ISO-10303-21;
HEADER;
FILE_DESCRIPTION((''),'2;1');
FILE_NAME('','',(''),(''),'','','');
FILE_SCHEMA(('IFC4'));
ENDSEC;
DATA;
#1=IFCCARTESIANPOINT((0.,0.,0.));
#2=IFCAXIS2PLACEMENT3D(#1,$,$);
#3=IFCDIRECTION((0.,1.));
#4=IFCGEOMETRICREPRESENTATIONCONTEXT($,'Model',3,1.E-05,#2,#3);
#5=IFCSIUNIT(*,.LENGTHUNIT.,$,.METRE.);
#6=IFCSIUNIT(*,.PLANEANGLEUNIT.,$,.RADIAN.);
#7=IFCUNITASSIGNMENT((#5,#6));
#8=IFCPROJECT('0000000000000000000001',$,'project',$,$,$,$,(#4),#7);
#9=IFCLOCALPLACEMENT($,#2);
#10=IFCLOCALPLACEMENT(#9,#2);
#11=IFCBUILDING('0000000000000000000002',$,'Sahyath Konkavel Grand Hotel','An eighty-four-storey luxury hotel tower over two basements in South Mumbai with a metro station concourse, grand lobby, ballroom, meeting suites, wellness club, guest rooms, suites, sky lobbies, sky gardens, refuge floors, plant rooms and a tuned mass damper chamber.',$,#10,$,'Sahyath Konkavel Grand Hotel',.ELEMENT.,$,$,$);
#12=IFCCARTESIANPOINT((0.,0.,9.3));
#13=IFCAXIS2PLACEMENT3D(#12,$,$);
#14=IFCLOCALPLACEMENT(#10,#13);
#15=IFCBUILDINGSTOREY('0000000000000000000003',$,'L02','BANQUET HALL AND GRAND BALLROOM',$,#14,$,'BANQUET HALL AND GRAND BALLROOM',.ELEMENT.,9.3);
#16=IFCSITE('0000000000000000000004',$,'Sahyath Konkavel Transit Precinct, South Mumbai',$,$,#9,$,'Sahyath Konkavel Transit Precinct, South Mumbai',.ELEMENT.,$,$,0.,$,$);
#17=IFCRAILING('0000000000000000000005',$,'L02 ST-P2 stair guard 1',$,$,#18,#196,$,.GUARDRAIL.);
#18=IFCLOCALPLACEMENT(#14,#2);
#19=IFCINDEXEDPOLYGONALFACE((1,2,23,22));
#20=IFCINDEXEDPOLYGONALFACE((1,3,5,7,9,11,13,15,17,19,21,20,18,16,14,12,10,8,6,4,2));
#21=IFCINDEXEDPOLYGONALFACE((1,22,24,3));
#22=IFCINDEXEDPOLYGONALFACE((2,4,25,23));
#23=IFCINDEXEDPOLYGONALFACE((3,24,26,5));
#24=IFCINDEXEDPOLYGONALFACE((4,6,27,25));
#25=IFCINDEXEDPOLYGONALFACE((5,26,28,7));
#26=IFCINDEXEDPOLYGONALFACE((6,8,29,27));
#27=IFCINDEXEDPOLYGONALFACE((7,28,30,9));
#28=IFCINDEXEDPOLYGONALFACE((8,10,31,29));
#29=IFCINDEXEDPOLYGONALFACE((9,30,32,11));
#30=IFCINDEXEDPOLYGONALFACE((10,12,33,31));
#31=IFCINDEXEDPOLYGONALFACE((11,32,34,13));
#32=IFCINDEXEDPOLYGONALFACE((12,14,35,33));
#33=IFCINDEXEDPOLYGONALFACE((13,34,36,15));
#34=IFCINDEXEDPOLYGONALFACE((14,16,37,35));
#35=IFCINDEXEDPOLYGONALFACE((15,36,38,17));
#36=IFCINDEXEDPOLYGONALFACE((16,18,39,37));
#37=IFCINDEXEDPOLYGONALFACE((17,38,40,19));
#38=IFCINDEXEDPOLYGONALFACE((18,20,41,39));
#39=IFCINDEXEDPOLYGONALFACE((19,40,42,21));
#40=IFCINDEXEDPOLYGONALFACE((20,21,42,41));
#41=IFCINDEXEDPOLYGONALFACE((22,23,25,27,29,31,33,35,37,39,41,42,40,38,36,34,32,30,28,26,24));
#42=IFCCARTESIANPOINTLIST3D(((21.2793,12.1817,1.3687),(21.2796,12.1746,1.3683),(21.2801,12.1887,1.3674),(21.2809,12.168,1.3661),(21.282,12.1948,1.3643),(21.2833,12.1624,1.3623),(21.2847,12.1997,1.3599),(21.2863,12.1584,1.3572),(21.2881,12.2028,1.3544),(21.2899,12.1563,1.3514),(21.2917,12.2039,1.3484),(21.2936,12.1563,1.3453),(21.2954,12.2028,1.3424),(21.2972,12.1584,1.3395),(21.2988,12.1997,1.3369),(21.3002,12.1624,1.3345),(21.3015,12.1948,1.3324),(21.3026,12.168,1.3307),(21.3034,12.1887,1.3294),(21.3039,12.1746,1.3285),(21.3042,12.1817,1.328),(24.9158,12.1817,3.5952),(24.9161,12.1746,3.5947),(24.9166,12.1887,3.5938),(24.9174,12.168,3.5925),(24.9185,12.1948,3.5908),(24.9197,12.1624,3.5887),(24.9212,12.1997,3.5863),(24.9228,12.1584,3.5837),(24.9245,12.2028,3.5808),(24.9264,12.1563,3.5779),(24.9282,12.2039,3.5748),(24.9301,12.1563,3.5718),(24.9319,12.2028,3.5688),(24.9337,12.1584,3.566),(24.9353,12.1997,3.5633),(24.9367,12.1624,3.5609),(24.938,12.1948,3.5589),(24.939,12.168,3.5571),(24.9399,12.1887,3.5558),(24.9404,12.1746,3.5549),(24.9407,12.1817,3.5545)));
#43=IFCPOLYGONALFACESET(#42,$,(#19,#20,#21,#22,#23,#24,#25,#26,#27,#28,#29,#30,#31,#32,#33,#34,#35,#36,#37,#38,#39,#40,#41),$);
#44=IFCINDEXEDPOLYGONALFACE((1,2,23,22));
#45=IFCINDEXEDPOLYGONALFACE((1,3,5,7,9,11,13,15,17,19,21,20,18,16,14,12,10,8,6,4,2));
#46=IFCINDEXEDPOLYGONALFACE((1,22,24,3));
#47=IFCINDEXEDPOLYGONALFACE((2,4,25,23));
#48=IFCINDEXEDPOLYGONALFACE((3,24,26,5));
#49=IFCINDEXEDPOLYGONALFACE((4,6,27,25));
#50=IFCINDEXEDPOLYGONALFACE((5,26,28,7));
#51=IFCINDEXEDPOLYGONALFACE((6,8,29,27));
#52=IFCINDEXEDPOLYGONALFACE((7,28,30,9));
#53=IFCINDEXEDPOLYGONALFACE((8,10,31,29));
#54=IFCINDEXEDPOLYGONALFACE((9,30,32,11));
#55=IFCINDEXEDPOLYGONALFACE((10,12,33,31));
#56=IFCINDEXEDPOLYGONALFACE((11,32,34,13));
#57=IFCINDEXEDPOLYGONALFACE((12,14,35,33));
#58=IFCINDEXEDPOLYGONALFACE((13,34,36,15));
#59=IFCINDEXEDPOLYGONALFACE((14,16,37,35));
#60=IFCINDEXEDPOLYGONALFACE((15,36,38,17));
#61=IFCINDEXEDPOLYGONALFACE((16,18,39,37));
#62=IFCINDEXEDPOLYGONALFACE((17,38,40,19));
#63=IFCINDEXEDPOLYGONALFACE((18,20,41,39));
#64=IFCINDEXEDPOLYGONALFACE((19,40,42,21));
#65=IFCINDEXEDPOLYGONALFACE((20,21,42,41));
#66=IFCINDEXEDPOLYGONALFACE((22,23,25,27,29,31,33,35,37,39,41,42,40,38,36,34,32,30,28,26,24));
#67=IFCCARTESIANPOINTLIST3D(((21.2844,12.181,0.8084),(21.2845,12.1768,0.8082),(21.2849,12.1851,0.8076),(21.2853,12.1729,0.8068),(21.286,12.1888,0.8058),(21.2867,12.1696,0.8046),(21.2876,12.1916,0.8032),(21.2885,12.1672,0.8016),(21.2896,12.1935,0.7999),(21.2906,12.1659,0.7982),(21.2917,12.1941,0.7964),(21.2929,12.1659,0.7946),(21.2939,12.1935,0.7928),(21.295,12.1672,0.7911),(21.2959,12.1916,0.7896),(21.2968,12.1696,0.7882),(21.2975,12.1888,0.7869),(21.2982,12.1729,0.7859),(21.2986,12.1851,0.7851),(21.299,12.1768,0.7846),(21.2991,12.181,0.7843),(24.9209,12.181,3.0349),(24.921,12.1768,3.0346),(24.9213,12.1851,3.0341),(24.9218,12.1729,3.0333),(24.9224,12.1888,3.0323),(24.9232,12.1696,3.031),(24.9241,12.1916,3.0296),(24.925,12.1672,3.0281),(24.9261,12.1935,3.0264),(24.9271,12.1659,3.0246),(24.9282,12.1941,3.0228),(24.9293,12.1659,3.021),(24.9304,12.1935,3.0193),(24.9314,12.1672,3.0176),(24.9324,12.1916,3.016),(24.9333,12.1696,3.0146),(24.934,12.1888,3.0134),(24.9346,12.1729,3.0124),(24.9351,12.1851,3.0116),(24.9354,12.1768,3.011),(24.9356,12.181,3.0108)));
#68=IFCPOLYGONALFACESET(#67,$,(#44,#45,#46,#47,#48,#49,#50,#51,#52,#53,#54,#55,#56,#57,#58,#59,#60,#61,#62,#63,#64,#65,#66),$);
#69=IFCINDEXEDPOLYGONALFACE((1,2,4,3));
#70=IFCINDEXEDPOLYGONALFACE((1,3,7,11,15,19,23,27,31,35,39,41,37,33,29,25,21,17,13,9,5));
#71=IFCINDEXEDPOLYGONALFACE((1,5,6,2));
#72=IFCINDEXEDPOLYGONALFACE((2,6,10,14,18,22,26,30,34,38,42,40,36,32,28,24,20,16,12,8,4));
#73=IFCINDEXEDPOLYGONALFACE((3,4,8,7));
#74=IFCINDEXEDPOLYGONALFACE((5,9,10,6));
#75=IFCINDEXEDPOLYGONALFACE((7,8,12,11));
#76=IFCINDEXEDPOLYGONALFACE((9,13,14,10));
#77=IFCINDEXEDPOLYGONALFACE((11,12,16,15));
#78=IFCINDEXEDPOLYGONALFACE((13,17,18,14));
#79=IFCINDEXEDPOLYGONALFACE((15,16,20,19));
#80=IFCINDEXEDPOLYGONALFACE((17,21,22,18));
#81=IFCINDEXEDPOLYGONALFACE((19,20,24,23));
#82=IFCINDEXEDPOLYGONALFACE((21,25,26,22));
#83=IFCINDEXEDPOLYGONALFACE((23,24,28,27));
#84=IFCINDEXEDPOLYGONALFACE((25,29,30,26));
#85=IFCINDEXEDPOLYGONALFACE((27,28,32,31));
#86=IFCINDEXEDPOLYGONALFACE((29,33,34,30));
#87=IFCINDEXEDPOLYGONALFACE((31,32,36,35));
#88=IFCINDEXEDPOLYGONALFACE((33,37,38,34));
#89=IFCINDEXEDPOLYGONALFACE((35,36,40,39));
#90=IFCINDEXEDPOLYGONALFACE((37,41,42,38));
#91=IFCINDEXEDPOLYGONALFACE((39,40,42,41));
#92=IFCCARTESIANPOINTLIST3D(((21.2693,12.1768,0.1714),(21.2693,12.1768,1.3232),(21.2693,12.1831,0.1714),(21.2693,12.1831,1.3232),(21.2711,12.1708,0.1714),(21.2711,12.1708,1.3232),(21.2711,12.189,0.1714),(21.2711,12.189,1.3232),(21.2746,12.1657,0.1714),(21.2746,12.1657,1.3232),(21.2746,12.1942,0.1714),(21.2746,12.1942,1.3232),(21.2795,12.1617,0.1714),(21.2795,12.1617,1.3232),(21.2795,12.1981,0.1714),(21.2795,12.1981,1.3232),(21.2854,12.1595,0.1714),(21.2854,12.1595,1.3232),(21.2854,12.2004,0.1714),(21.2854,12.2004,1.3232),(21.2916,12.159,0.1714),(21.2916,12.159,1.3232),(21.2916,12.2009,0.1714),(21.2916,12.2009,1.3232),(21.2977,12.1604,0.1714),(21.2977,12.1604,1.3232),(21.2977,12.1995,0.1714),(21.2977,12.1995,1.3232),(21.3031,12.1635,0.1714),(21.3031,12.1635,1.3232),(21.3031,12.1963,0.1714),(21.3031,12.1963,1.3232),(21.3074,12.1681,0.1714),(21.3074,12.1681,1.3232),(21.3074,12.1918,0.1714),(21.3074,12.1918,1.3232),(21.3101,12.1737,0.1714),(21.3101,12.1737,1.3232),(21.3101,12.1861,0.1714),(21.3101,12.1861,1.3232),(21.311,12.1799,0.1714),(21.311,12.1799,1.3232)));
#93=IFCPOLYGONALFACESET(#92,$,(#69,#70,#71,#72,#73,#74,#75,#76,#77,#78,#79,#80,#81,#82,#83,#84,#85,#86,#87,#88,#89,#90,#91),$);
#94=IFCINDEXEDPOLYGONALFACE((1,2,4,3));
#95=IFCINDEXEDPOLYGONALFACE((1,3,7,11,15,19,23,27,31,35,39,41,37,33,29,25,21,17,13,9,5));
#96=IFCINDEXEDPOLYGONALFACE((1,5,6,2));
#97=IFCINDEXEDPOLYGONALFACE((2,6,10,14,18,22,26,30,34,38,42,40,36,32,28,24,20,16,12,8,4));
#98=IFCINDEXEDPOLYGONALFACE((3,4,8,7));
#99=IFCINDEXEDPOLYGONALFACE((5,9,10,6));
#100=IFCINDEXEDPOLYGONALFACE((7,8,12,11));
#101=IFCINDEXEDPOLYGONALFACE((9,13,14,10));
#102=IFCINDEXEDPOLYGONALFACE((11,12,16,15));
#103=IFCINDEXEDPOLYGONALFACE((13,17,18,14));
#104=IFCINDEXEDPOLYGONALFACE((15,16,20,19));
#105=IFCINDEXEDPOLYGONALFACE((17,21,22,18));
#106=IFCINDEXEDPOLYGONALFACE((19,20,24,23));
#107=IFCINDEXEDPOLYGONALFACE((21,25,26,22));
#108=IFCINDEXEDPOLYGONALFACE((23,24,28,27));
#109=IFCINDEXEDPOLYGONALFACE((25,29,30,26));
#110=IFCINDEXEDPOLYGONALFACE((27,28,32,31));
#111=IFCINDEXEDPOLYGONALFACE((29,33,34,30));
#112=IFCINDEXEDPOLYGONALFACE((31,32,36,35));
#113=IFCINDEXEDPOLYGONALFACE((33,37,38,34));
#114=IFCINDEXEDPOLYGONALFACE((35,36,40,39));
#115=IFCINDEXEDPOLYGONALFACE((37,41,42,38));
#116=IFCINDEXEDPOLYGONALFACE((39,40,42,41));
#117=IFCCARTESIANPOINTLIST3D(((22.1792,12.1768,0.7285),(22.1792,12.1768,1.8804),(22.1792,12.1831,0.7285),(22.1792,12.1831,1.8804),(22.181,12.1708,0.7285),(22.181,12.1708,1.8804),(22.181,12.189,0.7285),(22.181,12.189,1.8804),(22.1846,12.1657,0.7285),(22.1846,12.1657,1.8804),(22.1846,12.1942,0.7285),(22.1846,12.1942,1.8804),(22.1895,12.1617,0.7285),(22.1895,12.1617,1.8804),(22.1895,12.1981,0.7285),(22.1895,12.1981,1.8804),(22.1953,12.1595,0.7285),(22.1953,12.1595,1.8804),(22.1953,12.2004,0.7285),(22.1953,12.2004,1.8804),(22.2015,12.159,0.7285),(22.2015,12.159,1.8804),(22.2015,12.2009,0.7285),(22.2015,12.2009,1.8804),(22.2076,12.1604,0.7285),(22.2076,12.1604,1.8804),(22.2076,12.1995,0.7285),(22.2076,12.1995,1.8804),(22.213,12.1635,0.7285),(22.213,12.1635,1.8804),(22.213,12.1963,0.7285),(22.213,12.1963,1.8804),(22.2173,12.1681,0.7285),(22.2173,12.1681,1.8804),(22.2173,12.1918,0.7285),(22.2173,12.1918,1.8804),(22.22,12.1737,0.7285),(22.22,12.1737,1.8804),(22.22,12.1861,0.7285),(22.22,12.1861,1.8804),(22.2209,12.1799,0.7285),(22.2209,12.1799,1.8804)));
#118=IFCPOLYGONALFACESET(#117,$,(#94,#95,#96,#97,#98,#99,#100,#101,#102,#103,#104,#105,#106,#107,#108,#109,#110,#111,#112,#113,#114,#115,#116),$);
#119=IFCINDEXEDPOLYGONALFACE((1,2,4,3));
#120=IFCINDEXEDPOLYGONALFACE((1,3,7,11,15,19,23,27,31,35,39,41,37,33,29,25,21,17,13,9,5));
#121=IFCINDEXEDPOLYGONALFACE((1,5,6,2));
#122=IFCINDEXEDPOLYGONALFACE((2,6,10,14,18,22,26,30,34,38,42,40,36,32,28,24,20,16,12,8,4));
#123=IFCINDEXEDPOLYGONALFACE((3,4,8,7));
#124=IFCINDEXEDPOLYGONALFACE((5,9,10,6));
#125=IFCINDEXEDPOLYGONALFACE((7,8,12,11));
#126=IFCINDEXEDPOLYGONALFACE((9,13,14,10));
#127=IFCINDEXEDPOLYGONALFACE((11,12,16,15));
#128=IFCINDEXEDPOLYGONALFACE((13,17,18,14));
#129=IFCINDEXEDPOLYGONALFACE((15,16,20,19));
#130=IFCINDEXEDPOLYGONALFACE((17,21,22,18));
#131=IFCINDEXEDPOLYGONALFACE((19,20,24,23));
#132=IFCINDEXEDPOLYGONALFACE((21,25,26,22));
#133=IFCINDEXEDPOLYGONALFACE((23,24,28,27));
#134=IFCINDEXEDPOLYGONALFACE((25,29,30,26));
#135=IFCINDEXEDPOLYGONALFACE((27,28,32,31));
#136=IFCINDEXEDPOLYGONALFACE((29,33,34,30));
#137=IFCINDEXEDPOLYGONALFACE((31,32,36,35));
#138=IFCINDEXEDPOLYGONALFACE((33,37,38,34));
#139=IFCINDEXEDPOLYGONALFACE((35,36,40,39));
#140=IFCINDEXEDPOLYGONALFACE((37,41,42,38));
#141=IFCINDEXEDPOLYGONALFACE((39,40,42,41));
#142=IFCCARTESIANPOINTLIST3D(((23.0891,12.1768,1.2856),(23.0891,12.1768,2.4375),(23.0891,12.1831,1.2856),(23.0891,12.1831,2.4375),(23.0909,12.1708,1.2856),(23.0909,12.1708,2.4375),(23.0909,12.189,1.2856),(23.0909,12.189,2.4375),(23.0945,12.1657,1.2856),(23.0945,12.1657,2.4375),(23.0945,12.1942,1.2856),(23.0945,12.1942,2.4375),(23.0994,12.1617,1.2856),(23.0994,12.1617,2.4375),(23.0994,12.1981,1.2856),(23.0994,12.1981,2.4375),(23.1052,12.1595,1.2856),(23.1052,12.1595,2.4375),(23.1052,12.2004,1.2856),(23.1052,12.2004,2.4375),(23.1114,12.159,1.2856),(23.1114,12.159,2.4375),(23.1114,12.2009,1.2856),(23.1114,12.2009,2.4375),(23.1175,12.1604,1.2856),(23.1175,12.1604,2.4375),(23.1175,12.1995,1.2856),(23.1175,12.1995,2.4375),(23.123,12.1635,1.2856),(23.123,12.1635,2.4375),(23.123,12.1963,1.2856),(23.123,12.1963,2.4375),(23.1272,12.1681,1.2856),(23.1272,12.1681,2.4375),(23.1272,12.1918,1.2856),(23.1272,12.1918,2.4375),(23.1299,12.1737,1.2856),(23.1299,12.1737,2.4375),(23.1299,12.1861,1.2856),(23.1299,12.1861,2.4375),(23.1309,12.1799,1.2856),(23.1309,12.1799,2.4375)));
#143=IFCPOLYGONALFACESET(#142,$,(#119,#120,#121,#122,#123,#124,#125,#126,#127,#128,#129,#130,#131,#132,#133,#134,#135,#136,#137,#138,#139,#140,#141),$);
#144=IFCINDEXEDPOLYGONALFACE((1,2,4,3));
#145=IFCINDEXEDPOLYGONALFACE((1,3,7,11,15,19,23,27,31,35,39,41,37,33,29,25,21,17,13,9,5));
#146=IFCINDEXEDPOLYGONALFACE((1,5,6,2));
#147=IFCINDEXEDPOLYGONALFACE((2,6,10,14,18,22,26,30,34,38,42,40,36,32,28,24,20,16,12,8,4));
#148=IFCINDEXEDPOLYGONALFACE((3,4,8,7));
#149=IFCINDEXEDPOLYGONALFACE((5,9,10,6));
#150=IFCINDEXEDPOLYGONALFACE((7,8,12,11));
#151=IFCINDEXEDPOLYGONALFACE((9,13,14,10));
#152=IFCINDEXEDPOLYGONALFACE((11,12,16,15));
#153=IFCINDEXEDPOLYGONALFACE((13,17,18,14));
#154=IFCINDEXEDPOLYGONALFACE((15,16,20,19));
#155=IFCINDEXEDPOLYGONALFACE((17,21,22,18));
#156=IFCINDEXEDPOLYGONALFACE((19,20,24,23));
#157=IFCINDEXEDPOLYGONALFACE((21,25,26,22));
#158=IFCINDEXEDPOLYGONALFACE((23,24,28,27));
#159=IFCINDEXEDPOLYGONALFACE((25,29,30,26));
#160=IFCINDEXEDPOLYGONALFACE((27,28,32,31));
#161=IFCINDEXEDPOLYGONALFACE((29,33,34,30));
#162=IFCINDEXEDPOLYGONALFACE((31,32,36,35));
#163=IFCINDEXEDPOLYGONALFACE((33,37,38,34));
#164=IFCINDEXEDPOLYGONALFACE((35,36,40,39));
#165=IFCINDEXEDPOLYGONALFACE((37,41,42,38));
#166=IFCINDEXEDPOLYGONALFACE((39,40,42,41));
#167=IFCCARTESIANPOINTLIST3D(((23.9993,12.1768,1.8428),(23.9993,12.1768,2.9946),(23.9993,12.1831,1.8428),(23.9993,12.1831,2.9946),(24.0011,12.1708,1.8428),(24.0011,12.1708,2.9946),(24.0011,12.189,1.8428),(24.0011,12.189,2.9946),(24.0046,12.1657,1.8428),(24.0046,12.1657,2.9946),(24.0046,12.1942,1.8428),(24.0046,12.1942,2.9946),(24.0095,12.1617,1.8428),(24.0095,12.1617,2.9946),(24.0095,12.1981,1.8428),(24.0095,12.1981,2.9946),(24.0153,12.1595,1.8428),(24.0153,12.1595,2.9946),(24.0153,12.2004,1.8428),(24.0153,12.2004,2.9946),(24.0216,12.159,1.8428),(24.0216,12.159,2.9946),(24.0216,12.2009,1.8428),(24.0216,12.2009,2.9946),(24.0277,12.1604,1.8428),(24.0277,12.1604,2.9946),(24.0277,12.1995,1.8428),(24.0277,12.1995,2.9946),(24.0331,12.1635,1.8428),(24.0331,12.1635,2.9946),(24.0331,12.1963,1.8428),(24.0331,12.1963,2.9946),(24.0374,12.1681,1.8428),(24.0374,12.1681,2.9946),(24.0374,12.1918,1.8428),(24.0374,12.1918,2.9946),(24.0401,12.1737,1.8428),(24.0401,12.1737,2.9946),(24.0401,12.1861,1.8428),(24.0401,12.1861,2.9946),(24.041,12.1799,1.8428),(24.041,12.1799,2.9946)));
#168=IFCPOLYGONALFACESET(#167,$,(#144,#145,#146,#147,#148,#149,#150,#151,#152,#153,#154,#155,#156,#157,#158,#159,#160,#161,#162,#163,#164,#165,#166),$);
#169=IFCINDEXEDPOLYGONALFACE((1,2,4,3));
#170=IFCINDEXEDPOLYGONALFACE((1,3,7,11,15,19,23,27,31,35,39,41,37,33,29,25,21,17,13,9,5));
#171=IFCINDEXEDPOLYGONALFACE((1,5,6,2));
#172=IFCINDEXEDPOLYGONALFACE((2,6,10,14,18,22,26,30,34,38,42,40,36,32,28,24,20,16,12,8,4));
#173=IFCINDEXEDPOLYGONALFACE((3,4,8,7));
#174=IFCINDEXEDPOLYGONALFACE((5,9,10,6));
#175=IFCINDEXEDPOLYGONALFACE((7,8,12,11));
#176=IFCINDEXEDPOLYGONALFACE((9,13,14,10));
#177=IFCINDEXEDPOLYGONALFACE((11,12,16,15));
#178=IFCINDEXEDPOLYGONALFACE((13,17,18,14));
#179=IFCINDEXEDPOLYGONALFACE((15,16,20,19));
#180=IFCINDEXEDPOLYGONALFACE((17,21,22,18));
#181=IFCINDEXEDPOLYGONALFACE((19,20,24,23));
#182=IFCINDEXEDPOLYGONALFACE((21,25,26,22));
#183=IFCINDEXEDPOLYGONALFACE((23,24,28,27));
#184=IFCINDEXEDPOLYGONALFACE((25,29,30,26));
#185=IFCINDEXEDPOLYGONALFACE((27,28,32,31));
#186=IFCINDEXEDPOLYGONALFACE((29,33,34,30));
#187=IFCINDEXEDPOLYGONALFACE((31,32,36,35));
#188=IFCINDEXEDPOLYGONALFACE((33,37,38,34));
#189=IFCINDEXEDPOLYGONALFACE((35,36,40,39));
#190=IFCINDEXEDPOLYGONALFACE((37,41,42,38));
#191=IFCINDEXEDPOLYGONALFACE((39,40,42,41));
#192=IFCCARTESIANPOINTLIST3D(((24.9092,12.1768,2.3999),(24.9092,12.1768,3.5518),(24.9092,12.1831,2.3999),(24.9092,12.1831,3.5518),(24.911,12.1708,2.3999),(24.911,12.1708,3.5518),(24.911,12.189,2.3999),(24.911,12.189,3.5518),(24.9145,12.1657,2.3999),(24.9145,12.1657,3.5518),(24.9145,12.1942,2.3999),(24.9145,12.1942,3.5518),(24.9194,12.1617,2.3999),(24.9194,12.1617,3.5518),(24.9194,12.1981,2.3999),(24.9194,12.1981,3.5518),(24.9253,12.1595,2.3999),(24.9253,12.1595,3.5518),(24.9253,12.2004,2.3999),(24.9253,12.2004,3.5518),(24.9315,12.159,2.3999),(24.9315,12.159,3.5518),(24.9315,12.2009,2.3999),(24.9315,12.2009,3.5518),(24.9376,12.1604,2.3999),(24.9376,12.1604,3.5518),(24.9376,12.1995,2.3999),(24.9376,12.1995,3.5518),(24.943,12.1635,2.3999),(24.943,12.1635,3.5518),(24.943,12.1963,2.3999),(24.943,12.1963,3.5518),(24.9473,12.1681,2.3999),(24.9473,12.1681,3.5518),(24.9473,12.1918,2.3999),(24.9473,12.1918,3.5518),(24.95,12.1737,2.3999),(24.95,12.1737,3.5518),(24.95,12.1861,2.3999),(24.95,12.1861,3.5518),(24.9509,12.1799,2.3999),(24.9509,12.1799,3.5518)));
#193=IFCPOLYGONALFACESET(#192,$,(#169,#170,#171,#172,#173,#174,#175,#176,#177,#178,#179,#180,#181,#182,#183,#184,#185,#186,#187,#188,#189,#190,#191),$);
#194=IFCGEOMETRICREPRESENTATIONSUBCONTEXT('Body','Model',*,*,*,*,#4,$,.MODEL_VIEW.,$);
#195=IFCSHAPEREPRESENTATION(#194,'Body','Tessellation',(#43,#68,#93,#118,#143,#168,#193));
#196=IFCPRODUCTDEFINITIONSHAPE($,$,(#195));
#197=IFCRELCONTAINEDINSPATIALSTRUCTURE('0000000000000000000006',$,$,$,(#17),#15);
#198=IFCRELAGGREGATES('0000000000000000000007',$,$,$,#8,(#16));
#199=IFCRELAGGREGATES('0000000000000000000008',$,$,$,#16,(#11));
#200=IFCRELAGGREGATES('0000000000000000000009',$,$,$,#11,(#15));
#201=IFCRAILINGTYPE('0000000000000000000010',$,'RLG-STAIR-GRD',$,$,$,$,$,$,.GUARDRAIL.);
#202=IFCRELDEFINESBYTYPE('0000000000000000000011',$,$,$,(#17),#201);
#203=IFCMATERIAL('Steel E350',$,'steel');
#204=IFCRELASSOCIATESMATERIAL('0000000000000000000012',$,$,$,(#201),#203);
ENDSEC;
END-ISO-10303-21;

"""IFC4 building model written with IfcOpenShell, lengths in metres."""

from ifc_helpers import new_model, si_unit, direction, frame, origin, origin_2d, place, context, subcontext, project, spatial, circle, extrude, material, type_object, element, save


model = new_model("IFC4")

# Units and contexts
model_context = context("Model", 3, precision=1e-05, world=origin(), true_north=direction((0.0, 1.0)))
body_context = subcontext(model_context, "Body", "Model", "MODEL_VIEW")
ifc_project = project(units=[si_unit("LENGTHUNIT", "METRE"), si_unit("PLANEANGLEUNIT", "RADIAN")], contexts=[model_context])

# Site, building, storey
site_placement = place(None, origin())
site = spatial("IfcSite", under=ifc_project, at=site_placement, Name="Sahyath Konkavel Transit Precinct, South Mumbai", LongName="Sahyath Konkavel Transit Precinct, South Mumbai", CompositionType="ELEMENT", RefElevation=0.0)
building_placement = place(site_placement, origin())
building = spatial("IfcBuilding", under=site, at=building_placement, Name="Sahyath Konkavel Grand Hotel", Description="An eighty-four-storey luxury hotel tower over two basements in South Mumbai with a metro station concourse, grand lobby, ballroom, meeting suites, wellness club, guest rooms, suites, sky lobbies, sky gardens, refuge floors, plant rooms and a tuned mass damper chamber.", LongName="Sahyath Konkavel Grand Hotel", CompositionType="ELEMENT")
storey_placement = place(building_placement, frame((0.0, 0.0, 9.3)))
storey = spatial("IfcBuildingStorey", under=building, at=storey_placement, Name="L02", Description="BANQUET HALL AND GRAND BALLROOM", LongName="BANQUET HALL AND GRAND BALLROOM", CompositionType="ELEMENT", Elevation=9.3)

# Railing
ifc_material_1 = material(Name="Steel E350", Category="steel")
railing_type_1 = type_object("IfcRailingType", Name="RLG-STAIR-GRD", PredefinedType="GUARDRAIL", material=ifc_material_1)
railing_1_placement = place(storey_placement, frame((21.29, 12.1799, 0.1714)))
element("IfcRailing", 1, at=railing_1_placement, inside=storey, type_object=railing_type_1, Name="L02 ST-P2 stair guard 1", PredefinedType="GUARDRAIL", context=body_context, shape_type="SweptSolid", body=[
    extrude(circle(Radius=0.0239, at=origin_2d()), frame((0.0017, 0.0, 1.177), z_axis=(0.85285, 0.0, 0.522156), x_axis=(0.0, 1.0, 0.0)), (0.0, 0.0, 1.0), 4.2639),
    extrude(circle(Radius=0.0142, at=origin_2d()), frame((0.0017, 0.0, 0.625), z_axis=(0.85285, 0.0, 0.522156), x_axis=(0.0, 1.0, 0.0)), (0.0, 0.0, 1.0), 4.2639),
    extrude(circle(Radius=0.021, at=origin_2d()), origin(), (0.0, 0.0, 1.0), 1.1519),
    extrude(circle(Radius=0.021, at=origin_2d()), frame((0.9099, 0.0, 0.5571)), (0.0, 0.0, 1.0), 1.1519),
    extrude(circle(Radius=0.021, at=origin_2d()), frame((1.8198, 0.0, 1.1143)), (0.0, 0.0, 1.0), 1.1519),
    extrude(circle(Radius=0.021, at=origin_2d()), frame((2.73, 0.0, 1.6714)), (0.0, 0.0, 1.0), 1.1519),
    extrude(circle(Radius=0.021, at=origin_2d()), frame((3.6399, 0.0, 2.2285)), (0.0, 0.0, 1.0), 1.1519),
])

save(model, "model.ifc")
